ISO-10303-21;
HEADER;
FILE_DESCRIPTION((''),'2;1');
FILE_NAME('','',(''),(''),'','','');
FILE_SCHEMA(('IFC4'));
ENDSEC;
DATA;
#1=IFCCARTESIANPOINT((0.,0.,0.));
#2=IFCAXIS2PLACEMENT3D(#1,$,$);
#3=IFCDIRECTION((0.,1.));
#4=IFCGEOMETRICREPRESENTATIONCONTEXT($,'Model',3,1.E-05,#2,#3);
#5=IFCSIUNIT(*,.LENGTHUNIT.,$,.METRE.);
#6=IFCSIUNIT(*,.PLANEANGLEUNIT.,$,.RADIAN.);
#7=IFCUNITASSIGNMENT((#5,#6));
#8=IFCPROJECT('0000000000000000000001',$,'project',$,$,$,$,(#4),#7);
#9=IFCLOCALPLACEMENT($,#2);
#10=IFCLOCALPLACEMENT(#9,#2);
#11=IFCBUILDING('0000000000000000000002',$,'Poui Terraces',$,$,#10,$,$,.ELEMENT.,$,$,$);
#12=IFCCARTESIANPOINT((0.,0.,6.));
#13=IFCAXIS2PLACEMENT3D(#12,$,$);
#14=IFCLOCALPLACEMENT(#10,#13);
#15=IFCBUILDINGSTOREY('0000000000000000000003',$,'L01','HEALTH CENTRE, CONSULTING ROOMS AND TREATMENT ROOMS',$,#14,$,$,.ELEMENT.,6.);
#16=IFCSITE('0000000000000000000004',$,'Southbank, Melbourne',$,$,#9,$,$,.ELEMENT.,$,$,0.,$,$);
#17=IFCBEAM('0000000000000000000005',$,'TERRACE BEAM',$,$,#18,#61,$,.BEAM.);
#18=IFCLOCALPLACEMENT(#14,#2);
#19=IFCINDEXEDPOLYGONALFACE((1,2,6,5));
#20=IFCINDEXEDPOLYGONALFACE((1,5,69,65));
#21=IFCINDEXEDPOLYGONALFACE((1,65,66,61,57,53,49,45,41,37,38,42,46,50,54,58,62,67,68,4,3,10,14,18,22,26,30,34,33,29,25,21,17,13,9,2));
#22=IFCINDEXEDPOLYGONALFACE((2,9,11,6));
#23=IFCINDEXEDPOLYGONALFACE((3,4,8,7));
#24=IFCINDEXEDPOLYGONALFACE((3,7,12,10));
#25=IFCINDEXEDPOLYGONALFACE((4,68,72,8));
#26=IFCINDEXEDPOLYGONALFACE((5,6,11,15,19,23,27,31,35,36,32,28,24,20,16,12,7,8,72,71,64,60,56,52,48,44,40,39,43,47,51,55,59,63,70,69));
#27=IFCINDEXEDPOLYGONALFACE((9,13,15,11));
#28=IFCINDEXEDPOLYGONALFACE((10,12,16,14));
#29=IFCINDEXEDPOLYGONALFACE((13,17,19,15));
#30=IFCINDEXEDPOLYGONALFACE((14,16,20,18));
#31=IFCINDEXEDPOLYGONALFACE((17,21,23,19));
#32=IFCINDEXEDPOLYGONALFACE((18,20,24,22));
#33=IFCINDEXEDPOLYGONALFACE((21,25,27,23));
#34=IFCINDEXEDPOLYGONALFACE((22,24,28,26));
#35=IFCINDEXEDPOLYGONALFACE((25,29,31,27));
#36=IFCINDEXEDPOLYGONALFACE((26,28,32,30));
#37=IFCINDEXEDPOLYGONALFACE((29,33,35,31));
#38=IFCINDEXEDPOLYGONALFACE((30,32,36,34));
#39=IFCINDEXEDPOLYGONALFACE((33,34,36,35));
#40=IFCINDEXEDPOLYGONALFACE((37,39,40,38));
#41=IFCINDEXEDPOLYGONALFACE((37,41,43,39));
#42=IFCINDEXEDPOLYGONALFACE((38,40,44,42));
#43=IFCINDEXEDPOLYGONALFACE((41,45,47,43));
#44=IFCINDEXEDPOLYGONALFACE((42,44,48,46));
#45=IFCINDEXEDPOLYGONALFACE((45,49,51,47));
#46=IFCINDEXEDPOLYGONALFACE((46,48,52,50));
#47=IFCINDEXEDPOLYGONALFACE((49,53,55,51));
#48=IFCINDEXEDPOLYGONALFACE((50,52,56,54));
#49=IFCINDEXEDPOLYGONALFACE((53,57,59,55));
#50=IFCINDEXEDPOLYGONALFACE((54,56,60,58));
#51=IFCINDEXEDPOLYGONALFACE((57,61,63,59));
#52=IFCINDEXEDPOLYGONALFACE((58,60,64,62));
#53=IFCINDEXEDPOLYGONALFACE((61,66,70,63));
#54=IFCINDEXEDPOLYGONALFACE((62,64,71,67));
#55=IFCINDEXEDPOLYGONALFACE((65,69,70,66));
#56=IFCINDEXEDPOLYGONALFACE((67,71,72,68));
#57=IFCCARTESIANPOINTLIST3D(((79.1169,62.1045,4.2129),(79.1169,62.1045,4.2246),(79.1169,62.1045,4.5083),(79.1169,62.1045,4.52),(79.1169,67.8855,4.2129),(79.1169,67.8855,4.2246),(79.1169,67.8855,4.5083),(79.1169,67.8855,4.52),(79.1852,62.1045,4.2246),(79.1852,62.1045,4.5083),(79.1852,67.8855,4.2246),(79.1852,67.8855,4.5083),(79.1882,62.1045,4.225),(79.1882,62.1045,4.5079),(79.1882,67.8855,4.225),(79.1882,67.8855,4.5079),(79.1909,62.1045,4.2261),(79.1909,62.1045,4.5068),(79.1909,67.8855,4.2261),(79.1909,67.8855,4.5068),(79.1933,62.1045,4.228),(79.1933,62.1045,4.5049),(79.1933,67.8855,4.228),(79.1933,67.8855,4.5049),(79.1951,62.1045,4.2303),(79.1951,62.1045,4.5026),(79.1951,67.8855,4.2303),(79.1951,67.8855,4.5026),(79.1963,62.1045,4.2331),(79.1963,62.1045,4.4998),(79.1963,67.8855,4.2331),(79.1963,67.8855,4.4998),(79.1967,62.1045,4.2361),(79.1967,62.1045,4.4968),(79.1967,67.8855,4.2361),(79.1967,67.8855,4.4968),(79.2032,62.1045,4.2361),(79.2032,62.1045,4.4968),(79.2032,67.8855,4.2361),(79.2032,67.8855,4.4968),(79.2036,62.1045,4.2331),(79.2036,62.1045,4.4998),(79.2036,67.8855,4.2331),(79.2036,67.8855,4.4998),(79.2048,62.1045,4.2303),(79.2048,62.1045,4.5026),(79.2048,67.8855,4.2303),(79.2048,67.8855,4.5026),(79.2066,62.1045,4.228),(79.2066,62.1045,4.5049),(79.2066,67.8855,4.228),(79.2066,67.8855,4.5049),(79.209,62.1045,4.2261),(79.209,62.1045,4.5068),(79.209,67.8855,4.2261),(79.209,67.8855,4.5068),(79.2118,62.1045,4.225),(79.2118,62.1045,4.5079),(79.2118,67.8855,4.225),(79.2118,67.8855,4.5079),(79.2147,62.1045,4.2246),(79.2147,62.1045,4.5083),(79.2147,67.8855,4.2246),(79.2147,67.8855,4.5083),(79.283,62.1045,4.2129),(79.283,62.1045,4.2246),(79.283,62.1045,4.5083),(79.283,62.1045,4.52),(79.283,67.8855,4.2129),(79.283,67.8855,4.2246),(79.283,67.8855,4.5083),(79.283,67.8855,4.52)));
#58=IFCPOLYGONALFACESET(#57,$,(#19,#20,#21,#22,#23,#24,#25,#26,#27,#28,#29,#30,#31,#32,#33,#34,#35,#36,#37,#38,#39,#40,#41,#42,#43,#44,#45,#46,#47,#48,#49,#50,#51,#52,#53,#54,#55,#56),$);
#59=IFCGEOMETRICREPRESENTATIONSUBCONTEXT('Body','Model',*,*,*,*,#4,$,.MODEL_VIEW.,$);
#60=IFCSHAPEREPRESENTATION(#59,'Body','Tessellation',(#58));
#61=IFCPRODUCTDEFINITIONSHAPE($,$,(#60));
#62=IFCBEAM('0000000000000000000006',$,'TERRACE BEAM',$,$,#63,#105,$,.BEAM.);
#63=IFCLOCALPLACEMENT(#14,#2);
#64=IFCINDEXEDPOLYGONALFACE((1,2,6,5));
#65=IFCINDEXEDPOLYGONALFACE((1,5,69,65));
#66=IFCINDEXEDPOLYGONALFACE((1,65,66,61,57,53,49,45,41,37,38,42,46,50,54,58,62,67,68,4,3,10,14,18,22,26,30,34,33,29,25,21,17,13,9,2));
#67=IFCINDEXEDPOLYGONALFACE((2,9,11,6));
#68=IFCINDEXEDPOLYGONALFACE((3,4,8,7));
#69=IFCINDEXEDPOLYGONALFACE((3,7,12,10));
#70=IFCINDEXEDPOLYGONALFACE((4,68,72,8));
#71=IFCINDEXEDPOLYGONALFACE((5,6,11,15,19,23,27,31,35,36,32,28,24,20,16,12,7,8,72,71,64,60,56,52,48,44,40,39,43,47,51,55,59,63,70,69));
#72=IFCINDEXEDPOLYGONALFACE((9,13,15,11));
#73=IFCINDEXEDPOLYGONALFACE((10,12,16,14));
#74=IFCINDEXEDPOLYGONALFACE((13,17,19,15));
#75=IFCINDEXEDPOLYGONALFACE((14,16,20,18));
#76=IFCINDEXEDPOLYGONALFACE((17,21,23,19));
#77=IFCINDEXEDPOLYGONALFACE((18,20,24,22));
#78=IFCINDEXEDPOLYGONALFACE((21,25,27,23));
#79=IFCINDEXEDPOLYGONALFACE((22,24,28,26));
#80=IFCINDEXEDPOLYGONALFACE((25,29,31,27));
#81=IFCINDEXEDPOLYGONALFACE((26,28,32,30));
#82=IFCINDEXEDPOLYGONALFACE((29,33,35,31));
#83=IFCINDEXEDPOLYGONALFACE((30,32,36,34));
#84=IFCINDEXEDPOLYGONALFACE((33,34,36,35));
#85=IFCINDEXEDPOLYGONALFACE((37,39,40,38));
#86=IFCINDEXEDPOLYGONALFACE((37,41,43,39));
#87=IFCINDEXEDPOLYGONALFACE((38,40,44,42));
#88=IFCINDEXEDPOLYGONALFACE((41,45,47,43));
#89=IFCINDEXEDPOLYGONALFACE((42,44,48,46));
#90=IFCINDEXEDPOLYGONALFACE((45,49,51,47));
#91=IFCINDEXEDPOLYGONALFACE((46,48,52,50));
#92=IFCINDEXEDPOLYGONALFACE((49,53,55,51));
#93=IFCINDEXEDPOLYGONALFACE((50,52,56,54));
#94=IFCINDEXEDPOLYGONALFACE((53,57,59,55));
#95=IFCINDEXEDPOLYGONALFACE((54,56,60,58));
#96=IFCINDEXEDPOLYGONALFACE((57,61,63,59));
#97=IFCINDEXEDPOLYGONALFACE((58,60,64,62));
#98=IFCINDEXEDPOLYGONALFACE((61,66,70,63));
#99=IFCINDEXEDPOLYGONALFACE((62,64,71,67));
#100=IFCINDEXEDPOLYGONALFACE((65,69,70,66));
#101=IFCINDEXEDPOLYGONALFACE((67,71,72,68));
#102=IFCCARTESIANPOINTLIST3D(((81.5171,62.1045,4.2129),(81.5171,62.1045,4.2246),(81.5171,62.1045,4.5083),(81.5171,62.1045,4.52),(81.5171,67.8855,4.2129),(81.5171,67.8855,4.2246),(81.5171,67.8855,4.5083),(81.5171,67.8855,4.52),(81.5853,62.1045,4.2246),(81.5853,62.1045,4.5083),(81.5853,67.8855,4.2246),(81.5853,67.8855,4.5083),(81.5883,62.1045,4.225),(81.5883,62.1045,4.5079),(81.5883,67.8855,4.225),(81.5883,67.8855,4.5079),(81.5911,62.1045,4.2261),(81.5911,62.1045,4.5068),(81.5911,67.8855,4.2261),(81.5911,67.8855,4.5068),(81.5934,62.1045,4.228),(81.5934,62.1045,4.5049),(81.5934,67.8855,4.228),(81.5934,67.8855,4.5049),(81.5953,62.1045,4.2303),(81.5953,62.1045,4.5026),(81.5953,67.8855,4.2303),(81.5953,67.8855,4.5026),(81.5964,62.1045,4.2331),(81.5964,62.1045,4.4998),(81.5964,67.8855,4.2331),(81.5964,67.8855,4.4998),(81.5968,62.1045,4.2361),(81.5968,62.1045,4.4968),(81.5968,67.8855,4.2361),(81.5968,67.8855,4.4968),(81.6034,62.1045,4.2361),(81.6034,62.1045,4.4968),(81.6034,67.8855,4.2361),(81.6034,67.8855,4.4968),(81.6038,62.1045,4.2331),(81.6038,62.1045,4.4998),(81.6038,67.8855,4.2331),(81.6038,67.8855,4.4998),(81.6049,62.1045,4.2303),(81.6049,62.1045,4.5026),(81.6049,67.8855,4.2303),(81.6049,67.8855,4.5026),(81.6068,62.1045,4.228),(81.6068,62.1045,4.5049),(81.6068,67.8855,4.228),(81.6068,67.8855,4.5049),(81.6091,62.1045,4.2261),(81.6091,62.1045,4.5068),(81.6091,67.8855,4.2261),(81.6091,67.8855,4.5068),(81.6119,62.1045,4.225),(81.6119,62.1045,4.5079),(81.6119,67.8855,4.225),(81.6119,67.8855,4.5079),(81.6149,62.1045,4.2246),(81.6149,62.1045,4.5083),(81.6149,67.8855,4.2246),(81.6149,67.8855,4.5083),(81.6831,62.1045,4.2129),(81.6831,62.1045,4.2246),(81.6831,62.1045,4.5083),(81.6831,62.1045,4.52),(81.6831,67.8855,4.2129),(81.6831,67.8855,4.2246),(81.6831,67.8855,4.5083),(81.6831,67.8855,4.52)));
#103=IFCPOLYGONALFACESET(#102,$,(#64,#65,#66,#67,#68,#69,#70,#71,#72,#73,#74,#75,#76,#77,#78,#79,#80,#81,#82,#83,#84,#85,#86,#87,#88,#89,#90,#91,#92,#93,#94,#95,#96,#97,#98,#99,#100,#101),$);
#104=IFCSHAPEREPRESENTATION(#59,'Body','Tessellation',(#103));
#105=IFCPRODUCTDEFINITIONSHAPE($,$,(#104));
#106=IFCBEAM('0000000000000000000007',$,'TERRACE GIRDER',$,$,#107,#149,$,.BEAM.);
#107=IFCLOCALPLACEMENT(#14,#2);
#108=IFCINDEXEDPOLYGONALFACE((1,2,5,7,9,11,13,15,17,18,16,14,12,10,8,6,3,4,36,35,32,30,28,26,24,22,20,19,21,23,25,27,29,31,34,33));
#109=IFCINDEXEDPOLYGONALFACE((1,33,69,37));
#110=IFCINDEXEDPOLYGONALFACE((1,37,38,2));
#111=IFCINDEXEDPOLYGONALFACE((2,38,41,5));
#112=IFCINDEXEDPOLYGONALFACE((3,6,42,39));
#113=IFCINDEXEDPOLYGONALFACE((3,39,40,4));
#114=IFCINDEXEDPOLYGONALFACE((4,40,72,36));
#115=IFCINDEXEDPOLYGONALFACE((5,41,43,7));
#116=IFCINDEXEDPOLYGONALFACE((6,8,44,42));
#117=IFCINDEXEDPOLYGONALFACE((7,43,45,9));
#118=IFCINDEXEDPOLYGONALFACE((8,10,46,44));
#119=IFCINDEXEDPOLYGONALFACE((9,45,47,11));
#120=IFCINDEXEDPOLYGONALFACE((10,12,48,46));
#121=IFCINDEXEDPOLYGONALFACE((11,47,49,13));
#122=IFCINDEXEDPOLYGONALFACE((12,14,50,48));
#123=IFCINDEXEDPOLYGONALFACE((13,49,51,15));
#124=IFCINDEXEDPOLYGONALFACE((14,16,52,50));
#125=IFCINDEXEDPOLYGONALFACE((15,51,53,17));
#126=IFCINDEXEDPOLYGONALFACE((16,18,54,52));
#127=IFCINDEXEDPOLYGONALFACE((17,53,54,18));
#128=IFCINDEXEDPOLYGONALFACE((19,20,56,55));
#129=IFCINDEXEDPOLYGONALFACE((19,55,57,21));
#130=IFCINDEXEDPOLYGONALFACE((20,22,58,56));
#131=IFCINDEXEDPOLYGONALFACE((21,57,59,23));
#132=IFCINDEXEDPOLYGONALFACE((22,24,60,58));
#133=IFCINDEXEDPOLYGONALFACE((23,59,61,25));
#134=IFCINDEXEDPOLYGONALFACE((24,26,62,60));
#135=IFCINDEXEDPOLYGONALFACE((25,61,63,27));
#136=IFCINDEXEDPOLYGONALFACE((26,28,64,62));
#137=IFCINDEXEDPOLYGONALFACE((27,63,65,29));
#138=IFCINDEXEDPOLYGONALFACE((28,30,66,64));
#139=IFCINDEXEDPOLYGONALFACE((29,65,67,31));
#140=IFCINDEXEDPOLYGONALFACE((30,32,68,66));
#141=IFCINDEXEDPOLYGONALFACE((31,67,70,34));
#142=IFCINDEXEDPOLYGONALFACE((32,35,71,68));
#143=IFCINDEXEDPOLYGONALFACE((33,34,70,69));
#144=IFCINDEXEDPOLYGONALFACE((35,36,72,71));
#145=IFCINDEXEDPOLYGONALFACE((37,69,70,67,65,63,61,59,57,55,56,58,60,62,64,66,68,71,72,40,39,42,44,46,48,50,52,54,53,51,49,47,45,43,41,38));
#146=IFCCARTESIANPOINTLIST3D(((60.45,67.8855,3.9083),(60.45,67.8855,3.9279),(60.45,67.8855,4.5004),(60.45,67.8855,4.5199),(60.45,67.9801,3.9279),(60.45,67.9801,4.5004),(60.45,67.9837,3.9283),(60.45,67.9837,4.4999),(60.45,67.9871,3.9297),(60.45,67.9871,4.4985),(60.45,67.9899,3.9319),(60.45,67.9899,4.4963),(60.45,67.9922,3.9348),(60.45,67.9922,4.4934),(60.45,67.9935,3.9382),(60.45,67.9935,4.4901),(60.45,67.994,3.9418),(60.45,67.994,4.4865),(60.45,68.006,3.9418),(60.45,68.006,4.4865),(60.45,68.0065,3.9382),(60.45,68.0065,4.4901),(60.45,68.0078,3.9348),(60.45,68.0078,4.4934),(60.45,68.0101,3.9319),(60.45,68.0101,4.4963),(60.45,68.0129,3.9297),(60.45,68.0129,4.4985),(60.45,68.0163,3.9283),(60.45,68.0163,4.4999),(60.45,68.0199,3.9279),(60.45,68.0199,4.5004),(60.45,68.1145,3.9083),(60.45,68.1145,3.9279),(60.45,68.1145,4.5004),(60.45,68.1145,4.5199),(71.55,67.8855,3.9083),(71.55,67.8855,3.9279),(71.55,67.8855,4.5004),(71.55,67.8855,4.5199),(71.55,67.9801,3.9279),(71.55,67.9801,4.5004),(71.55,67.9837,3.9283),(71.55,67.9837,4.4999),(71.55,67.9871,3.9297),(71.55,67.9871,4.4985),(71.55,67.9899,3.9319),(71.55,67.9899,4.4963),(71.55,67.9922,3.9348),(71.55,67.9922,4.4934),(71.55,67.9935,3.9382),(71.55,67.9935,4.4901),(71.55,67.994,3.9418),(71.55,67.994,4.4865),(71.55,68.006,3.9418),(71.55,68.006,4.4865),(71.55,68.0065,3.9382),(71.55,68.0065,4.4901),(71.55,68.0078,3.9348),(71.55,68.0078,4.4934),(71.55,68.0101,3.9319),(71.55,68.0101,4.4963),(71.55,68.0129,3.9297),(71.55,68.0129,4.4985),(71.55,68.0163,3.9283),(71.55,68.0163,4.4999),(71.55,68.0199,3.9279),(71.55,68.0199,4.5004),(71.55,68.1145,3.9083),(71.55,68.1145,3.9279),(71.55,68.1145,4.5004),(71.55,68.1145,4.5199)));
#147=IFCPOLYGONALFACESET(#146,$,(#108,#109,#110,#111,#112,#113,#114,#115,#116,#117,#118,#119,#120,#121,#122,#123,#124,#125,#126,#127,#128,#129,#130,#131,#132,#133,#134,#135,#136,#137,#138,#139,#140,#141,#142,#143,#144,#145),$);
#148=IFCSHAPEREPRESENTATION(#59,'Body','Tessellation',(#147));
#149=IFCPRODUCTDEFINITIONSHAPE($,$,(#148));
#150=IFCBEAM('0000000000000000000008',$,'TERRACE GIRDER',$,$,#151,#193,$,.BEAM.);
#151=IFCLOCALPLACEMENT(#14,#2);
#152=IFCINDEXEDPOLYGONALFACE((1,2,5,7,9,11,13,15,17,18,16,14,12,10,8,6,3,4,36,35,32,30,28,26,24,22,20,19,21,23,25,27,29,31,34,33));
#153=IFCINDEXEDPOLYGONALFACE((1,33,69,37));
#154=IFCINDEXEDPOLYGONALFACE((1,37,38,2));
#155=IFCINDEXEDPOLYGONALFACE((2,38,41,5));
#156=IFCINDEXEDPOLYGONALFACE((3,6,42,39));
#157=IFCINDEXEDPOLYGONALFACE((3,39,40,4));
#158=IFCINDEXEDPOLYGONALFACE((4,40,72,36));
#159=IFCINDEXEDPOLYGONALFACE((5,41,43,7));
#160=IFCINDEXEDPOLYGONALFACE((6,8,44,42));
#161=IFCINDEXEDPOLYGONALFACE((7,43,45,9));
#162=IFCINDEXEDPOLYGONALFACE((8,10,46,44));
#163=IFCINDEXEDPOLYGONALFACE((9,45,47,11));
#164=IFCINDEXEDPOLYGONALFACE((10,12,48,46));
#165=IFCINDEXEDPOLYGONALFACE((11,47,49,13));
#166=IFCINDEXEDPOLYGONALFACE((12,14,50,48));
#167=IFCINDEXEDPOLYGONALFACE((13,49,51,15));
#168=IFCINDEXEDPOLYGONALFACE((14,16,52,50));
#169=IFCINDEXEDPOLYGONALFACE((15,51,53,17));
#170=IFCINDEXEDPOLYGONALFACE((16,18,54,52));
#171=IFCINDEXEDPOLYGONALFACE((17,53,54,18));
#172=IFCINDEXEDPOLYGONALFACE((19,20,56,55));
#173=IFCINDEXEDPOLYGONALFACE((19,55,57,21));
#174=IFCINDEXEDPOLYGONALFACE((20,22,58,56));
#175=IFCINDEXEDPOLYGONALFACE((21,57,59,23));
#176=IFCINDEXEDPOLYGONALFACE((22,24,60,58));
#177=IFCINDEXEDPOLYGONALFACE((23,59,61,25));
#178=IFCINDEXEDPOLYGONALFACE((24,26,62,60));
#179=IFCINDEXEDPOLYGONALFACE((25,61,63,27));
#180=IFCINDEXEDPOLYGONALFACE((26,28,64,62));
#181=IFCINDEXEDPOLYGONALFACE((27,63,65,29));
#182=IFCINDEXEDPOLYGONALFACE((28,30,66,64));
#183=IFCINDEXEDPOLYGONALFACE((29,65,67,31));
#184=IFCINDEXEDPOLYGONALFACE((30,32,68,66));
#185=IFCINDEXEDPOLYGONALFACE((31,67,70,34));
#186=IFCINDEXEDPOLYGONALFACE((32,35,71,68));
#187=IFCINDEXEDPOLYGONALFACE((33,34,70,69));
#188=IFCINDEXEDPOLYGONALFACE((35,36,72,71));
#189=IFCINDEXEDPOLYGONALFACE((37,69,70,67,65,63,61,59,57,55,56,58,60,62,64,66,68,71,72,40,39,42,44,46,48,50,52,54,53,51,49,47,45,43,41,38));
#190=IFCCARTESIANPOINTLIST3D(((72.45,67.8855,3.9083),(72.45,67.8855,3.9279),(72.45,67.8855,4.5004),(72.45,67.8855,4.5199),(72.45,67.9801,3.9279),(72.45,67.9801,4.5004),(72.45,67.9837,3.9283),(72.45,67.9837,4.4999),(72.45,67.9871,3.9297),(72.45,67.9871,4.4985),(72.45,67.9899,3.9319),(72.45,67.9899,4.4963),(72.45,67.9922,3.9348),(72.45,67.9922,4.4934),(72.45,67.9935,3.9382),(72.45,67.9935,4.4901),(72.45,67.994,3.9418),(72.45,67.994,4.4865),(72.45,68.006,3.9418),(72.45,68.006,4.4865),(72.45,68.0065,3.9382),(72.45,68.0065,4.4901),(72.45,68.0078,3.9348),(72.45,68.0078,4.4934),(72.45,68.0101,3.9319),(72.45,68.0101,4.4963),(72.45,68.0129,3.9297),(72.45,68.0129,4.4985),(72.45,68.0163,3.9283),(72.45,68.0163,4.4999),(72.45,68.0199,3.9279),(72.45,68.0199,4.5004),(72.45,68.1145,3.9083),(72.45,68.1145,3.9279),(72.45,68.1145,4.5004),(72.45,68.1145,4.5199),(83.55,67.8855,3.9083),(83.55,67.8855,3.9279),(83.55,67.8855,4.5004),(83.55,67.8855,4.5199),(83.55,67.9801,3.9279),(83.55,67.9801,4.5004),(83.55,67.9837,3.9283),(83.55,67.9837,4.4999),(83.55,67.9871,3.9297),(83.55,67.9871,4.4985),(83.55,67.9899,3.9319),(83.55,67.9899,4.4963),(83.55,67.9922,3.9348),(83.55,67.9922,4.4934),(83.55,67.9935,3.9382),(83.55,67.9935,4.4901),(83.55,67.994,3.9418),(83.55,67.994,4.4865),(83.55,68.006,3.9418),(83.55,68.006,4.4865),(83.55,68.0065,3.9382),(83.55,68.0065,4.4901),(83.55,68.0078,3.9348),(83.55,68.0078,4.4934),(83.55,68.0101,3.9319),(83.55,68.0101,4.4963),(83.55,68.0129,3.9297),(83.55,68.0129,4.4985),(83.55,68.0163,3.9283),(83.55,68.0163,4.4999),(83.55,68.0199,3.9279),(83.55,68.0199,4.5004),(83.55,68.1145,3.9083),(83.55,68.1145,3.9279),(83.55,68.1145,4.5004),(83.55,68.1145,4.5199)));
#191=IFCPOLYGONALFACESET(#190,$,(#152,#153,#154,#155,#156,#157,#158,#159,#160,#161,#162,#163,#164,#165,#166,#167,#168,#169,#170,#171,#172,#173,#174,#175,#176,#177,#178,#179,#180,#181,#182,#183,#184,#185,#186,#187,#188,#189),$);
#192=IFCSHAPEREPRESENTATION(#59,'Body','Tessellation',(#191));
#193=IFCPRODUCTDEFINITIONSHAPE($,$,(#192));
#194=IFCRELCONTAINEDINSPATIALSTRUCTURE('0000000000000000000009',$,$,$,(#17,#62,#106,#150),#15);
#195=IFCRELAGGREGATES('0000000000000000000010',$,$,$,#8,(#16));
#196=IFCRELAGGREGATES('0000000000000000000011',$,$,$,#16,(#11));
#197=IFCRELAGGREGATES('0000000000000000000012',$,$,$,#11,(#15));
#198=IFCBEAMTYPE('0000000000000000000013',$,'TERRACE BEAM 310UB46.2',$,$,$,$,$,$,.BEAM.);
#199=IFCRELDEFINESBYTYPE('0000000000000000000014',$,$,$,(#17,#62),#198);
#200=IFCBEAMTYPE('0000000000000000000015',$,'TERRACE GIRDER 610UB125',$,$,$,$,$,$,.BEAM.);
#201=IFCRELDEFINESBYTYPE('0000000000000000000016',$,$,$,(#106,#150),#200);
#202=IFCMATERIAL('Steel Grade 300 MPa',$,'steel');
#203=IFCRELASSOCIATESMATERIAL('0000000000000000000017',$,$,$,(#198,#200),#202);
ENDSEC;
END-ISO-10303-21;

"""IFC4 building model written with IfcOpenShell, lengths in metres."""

from ifc_helpers import new_model, si_unit, direction, frame, origin, origin_2d, place, context, subcontext, project, spatial, i_section, extrude, source, transform, mapped, material, material_profile, profile_set, type_object, element, save


model = new_model("IFC4")

# Units and contexts
model_context = context("Model", 3, precision=1e-05, world=origin(), true_north=direction((0.0, 1.0)))
body_context = subcontext(model_context, "Body", "Model", "MODEL_VIEW")
ifc_project = project(units=[si_unit("LENGTHUNIT", "METRE"), si_unit("PLANEANGLEUNIT", "RADIAN")], contexts=[model_context])

# Site, building, storey
site_placement = place(None, origin())
site = spatial("IfcSite", under=ifc_project, at=site_placement, Name="Southbank, Melbourne", CompositionType="ELEMENT", RefElevation=0.0)
building_placement = place(site_placement, origin())
building = spatial("IfcBuilding", under=site, at=building_placement, Name="Poui Terraces", CompositionType="ELEMENT")
storey_placement = place(building_placement, frame((0.0, 0.0, 6.0)))
storey = spatial("IfcBuildingStorey", under=building, at=storey_placement, Name="L01", Description="HEALTH CENTRE, CONSULTING ROOMS AND TREATMENT ROOMS", CompositionType="ELEMENT", Elevation=6.0)

# Beams
ifc_material_1 = material(Name="Steel Grade 300 MPa", Category="steel")
ifc_material_profile_1 = material_profile(ifc_material_1, i_section(OverallWidth=0.166, OverallDepth=0.3071, WebThickness=0.0066, FlangeThickness=0.0117, FilletRadius=0.0115, at=origin_2d()), Name="310UB46.2")
ifc_profile_set_1 = profile_set([ifc_material_profile_1], Name="Steel Grade 300 MPa")
beam_type_1 = type_object("IfcBeamType", Name="TERRACE BEAM 310UB46.2", PredefinedType="BEAM", material=ifc_profile_set_1)
shared_shape_1 = source(origin(), body_context, "Body", "SweptSolid", [
    extrude(i_section(OverallWidth=0.166, OverallDepth=0.3071, WebThickness=0.0066, FlangeThickness=0.0117, FilletRadius=0.0115, at=origin_2d()), origin(), (0.0, 0.0, 1.0), 5.781),
])
for number, where, z_axis, x_axis, name in (
    (1, (79.2, 62.1045, 4.3665), (0.0, 1.0, 0.0), (-1.0, 0.0, 0.0), "TERRACE BEAM"),
    (2, (81.6001, 62.1045, 4.3665), (0.0, 1.0, 0.0), (-1.0, 0.0, 0.0), "TERRACE BEAM"),
):
    element("IfcBeam", number, at=place(storey_placement, frame(where, z_axis=z_axis, x_axis=x_axis)), inside=storey, type_object=beam_type_1, Name=name, PredefinedType="BEAM", context=body_context, shape_type="MappedRepresentation", body=[
        mapped(shared_shape_1, transform((0.0, 0.0, 0.0))),
    ])
ifc_material_profile_2 = material_profile(ifc_material_1, i_section(OverallWidth=0.229, OverallDepth=0.6116, WebThickness=0.012, FlangeThickness=0.0195, FilletRadius=0.0139, at=origin_2d()), Name="610UB125")
ifc_profile_set_2 = profile_set([ifc_material_profile_2], Name="Steel Grade 300 MPa")
beam_type_2 = type_object("IfcBeamType", Name="TERRACE GIRDER 610UB125", PredefinedType="BEAM", material=ifc_profile_set_2)
shared_shape_2 = source(origin(), body_context, "Body", "SweptSolid", [
    extrude(i_section(OverallWidth=0.229, OverallDepth=0.6116, WebThickness=0.012, FlangeThickness=0.0195, FilletRadius=0.0139, at=origin_2d()), origin(), (0.0, 0.0, 1.0), 11.1001),
])
for number, where, z_axis, x_axis, name in (
    (3, (60.45, 68.0, 4.2141), (1.0, 0.0, 0.0), (0.0, 1.0, 0.0), "TERRACE GIRDER"),
    (4, (72.45, 68.0, 4.2141), (1.0, 0.0, 0.0), (0.0, 1.0, 0.0), "TERRACE GIRDER"),
):
    element("IfcBeam", number, at=place(storey_placement, frame(where, z_axis=z_axis, x_axis=x_axis)), inside=storey, type_object=beam_type_2, Name=name, PredefinedType="BEAM", context=body_context, shape_type="MappedRepresentation", body=[
        mapped(shared_shape_2, transform((0.0, 0.0, 0.0))),
    ])

save(model, "model.ifc")
